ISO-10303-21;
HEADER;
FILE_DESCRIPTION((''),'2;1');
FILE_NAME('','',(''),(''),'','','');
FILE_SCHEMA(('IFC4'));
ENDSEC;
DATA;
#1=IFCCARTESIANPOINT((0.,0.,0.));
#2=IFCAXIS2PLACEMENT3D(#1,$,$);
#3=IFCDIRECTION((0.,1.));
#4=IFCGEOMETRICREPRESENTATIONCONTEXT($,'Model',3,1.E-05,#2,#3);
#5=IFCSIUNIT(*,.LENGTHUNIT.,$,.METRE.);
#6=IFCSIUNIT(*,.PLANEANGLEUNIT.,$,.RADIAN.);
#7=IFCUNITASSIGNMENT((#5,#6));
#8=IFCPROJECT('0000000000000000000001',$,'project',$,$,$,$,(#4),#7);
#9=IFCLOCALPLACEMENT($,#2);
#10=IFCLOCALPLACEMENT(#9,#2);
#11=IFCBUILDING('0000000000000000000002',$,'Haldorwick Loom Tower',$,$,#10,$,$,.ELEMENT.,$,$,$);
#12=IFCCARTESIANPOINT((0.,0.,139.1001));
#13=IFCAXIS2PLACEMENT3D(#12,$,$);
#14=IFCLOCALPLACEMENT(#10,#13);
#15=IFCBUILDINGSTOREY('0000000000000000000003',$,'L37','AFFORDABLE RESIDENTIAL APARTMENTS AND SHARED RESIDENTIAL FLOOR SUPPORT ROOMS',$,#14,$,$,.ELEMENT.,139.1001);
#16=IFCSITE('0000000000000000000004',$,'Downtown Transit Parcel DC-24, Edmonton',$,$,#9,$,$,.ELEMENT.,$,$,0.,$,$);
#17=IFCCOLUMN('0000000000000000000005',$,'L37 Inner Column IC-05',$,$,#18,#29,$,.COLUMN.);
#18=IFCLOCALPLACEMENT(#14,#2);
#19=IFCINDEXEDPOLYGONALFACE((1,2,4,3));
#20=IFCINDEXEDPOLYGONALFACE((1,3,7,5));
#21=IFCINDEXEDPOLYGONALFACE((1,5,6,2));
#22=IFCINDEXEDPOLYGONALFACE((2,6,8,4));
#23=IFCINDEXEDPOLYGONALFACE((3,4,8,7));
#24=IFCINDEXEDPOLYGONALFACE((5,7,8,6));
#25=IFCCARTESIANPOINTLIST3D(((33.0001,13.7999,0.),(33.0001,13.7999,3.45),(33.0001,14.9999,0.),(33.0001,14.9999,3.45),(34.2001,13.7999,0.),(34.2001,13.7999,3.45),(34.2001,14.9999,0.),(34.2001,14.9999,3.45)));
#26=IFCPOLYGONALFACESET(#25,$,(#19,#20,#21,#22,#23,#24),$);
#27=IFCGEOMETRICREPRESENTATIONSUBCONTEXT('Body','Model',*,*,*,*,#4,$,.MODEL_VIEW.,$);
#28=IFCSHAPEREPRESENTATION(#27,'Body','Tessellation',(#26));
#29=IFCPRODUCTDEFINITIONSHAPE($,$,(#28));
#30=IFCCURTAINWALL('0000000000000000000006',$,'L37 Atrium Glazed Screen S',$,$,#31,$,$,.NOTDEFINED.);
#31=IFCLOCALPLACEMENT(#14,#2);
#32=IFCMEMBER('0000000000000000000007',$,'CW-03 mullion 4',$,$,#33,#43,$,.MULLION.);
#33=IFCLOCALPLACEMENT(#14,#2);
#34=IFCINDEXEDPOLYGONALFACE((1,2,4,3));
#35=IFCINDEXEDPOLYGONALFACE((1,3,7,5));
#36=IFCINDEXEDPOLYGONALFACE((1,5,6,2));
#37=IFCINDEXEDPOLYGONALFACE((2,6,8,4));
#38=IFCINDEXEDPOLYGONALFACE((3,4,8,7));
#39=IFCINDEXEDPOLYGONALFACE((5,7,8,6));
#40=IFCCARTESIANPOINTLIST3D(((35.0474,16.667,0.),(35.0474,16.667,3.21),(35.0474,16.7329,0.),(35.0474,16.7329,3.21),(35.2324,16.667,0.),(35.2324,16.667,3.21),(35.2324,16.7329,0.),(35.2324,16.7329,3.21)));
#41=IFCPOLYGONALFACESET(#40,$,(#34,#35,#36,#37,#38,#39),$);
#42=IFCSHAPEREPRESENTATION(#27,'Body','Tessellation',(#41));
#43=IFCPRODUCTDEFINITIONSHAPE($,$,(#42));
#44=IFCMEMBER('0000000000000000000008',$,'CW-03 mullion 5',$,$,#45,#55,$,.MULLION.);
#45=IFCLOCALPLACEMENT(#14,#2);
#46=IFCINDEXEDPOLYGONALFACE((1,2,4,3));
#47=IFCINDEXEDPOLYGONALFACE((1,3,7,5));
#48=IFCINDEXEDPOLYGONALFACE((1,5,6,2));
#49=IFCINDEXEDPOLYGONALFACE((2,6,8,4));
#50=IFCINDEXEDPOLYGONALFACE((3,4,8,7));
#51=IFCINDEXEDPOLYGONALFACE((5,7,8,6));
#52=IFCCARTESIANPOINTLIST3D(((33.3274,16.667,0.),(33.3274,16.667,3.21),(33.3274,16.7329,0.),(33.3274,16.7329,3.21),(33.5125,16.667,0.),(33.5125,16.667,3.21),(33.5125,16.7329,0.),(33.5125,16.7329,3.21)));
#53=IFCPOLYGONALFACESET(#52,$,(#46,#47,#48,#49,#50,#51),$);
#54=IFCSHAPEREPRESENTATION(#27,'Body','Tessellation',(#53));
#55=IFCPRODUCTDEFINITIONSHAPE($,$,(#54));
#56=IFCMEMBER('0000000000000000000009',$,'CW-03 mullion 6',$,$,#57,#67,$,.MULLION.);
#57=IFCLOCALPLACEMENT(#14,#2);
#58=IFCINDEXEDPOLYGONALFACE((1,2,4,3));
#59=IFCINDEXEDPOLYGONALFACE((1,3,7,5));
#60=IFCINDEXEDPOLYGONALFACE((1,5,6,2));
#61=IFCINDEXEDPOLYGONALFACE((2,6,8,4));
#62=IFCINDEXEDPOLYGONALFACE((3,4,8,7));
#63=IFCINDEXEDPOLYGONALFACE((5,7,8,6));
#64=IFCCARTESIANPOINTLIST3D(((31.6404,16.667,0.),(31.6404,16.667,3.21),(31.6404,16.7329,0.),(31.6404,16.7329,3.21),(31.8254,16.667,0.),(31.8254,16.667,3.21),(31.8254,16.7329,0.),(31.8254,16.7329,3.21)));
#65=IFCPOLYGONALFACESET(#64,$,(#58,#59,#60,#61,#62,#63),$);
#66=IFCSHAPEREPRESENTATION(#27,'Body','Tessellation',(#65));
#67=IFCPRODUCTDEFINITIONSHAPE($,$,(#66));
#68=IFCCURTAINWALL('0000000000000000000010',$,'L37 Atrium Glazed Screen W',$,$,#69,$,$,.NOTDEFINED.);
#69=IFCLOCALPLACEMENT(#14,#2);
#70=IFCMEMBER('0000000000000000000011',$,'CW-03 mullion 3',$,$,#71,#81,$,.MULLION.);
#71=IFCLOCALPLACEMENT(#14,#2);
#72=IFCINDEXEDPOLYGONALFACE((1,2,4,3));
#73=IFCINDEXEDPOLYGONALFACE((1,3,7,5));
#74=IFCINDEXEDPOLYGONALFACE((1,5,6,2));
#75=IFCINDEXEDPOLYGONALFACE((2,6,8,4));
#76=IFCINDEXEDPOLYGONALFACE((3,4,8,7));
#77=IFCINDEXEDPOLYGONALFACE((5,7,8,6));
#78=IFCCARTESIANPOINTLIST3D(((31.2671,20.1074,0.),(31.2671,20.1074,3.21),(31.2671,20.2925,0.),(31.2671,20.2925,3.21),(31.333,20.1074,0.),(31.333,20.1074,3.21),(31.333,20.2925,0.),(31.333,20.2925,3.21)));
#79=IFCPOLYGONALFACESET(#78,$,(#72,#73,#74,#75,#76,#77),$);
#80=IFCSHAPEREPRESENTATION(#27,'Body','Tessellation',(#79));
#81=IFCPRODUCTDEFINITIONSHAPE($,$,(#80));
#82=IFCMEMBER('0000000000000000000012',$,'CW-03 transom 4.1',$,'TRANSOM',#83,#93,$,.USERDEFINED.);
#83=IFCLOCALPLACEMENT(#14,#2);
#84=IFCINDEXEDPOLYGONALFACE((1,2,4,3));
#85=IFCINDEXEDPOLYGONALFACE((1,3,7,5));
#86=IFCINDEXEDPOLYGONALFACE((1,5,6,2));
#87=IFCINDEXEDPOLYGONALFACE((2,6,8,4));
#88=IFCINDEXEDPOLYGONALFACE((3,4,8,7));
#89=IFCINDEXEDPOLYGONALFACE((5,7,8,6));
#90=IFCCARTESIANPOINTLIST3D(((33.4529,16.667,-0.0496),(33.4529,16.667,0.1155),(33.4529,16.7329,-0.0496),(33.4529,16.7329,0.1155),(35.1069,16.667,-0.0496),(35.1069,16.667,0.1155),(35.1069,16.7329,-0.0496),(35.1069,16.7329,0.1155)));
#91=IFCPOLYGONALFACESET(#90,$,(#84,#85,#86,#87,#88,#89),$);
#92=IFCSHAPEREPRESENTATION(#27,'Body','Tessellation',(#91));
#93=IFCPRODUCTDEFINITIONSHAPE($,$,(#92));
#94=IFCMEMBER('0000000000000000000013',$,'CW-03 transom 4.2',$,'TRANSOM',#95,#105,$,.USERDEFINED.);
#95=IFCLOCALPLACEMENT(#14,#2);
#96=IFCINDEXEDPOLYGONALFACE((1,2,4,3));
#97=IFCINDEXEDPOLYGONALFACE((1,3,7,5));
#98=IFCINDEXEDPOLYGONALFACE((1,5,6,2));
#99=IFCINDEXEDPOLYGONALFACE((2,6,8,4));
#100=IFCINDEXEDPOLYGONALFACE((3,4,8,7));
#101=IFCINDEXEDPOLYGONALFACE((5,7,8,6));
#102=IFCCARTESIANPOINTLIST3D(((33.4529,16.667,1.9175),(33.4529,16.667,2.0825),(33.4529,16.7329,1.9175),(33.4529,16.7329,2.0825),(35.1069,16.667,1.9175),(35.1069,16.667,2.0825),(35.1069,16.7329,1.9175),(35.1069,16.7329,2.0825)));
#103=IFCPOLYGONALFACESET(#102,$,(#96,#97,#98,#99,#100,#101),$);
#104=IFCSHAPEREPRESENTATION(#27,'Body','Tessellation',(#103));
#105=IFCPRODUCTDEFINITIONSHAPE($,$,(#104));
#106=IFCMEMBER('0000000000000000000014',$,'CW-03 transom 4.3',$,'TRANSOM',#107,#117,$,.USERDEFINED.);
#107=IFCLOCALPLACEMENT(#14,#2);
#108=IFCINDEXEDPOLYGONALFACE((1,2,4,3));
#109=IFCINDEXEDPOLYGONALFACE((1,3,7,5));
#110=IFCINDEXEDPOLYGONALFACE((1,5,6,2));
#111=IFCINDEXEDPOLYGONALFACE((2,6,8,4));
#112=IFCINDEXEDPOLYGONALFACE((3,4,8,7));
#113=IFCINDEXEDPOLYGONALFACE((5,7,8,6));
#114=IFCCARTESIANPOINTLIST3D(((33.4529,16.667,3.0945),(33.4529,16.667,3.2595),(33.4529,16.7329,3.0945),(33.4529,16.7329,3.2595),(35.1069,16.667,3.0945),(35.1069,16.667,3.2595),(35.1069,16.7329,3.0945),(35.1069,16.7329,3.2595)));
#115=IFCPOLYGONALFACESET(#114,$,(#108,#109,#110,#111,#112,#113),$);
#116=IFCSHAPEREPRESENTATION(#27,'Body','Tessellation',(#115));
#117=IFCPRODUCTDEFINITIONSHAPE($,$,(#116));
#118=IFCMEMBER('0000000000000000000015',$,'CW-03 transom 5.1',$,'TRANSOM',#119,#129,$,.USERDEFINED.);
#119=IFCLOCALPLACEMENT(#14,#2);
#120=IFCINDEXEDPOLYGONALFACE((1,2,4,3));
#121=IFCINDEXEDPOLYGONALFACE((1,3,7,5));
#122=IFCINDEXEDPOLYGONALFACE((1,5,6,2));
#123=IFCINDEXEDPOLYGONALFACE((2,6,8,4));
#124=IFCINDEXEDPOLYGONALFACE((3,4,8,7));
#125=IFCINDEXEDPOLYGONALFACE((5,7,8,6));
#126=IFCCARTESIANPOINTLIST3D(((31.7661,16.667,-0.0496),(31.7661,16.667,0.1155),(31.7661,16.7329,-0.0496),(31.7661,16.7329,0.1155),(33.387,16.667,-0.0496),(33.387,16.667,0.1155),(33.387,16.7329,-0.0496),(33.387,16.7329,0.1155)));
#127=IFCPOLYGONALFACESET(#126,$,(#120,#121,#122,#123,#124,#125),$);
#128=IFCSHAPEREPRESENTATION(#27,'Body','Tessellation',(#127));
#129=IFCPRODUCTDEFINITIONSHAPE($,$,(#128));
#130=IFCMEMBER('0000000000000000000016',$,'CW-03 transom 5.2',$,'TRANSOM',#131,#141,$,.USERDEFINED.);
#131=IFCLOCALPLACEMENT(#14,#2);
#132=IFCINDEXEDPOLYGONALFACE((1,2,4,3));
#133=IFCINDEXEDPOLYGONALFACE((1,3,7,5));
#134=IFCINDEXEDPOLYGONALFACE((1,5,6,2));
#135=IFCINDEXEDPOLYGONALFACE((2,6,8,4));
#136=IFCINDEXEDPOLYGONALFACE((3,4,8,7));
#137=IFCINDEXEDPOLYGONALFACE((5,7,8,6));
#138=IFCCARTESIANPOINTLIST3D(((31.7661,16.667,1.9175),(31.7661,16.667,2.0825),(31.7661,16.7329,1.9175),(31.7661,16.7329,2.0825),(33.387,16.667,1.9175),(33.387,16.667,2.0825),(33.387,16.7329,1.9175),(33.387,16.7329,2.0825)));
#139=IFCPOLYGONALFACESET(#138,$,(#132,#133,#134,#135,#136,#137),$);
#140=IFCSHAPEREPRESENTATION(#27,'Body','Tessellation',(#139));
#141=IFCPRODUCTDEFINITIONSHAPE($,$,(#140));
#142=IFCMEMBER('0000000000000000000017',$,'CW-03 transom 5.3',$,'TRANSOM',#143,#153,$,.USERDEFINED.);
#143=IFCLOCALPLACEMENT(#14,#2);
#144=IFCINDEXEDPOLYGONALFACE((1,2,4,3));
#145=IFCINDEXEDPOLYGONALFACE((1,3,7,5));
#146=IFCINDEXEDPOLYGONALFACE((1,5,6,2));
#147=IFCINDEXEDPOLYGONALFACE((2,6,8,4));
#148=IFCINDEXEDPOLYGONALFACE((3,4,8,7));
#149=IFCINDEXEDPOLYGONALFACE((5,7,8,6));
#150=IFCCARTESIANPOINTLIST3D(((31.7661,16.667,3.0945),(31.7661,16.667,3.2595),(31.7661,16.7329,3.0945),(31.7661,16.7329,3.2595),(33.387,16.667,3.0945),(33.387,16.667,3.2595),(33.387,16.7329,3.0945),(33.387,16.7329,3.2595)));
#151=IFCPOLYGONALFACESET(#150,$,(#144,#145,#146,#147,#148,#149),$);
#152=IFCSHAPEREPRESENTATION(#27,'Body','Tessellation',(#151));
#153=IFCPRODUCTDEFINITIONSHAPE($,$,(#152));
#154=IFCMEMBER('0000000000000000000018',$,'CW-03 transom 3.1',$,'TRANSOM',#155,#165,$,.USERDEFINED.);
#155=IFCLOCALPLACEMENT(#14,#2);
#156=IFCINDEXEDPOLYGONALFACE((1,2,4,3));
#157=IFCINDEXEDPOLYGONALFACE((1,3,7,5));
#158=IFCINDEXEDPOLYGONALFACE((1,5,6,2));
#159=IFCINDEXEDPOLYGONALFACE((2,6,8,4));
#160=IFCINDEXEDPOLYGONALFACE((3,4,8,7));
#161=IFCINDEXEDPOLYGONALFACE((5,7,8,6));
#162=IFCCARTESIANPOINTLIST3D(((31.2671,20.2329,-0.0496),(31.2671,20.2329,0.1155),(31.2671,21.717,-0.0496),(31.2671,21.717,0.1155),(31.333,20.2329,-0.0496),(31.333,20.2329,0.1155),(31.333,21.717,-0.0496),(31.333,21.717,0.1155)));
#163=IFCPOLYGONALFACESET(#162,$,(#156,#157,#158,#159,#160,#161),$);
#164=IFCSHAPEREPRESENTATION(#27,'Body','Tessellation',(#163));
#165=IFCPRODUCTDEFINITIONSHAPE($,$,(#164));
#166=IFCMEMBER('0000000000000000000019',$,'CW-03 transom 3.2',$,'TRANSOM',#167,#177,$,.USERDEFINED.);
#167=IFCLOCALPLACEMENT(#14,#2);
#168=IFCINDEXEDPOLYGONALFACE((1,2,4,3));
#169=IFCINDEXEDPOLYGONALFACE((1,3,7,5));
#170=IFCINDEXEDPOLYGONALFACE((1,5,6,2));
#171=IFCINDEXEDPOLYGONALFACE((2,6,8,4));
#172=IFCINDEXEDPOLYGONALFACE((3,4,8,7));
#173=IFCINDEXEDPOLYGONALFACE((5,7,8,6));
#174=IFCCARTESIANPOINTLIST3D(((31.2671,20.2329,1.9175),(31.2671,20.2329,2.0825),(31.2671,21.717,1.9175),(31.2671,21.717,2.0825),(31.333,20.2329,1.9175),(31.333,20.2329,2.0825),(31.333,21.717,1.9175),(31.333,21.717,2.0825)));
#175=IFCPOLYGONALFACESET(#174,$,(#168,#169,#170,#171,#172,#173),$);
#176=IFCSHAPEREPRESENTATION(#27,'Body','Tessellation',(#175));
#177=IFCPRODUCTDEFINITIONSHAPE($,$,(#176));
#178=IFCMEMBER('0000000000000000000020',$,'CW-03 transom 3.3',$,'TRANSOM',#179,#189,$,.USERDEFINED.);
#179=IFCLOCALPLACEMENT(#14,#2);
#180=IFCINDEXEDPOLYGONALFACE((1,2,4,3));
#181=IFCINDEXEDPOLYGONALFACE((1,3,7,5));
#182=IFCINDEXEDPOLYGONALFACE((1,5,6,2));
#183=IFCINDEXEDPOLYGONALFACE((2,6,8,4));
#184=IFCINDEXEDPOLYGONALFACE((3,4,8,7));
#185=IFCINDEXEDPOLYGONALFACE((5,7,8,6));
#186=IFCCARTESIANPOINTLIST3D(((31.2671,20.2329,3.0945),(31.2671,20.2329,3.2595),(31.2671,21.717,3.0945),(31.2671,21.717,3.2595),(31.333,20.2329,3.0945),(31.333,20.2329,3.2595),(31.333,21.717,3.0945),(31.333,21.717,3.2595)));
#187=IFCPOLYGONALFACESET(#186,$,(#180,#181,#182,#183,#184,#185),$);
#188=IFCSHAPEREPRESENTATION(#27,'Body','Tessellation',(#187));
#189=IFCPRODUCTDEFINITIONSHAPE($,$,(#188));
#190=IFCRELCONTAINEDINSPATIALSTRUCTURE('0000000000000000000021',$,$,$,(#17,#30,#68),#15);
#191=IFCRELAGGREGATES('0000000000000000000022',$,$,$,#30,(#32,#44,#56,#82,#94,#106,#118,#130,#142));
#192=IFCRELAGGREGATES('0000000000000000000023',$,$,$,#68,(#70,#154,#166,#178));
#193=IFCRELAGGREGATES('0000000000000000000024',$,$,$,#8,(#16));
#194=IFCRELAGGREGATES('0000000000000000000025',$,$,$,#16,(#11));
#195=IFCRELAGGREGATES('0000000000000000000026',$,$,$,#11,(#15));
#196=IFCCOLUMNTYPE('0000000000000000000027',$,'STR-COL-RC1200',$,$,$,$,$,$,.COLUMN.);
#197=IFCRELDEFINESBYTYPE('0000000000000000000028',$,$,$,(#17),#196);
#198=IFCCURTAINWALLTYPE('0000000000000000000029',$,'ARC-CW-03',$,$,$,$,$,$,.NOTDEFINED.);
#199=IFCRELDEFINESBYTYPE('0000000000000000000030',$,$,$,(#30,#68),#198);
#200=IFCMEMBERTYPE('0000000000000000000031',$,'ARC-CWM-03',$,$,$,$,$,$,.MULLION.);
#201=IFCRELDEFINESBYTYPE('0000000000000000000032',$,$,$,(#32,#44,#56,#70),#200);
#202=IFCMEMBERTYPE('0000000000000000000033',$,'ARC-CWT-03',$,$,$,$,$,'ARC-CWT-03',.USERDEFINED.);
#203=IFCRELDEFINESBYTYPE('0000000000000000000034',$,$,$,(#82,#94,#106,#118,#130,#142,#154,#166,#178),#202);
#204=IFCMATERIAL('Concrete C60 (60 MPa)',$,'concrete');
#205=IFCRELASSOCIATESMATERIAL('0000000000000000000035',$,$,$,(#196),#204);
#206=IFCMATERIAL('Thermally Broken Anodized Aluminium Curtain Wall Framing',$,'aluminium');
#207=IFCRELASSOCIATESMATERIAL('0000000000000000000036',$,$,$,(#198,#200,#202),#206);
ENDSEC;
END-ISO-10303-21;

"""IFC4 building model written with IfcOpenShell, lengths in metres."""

from ifc_helpers import new_model, si_unit, direction, frame, origin, origin_2d, place, context, subcontext, project, spatial, rectangle, extrude, material, material_profile, profile_set, type_object, element, aggregate, save


model = new_model("IFC4")

# Units and contexts
model_context = context("Model", 3, precision=1e-05, world=origin(), true_north=direction((0.0, 1.0)))
body_context = subcontext(model_context, "Body", "Model", "MODEL_VIEW")
ifc_project = project(units=[si_unit("LENGTHUNIT", "METRE"), si_unit("PLANEANGLEUNIT", "RADIAN")], contexts=[model_context])

# Site, building, storey
site_placement = place(None, origin())
site = spatial("IfcSite", under=ifc_project, at=site_placement, Name="Downtown Transit Parcel DC-24, Edmonton", CompositionType="ELEMENT", RefElevation=0.0)
building_placement = place(site_placement, origin())
building = spatial("IfcBuilding", under=site, at=building_placement, Name="Haldorwick Loom Tower", CompositionType="ELEMENT")
storey_placement = place(building_placement, frame((0.0, 0.0, 139.1001)))
storey = spatial("IfcBuildingStorey", under=building, at=storey_placement, Name="L37", Description="AFFORDABLE RESIDENTIAL APARTMENTS AND SHARED RESIDENTIAL FLOOR SUPPORT ROOMS", CompositionType="ELEMENT", Elevation=139.1001)

# Column
ifc_material_1 = material(Name="Concrete C60 (60 MPa)", Category="concrete")
ifc_material_profile_1 = material_profile(ifc_material_1, rectangle(XDim=1.2, YDim=1.2, at=origin_2d()), Name="RC1200X1200", Category="concrete")
ifc_profile_set_1 = profile_set([ifc_material_profile_1], Name="Concrete C60 (60 MPa)")
column_type = type_object("IfcColumnType", Name="STR-COL-RC1200", PredefinedType="COLUMN", material=ifc_profile_set_1)
column_placement = place(storey_placement, frame((33.6001, 14.3999, 0.0), z_axis=(0.0, 0.0, 1.0), x_axis=(1.0, 0.0, 0.0)))
element("IfcColumn", 1, at=column_placement, inside=storey, type_object=column_type, Name="L37 Inner Column IC-05", PredefinedType="COLUMN", context=body_context, shape_type="SweptSolid", body=[
    extrude(rectangle(XDim=1.2, YDim=1.2, at=origin_2d()), origin(), (0.0, 0.0, 1.0), 3.45),
])

# Curtain wall, members
ifc_material_2 = material(Name="Thermally Broken Anodized Aluminium Curtain Wall Framing", Category="aluminium")
curtain_wall_type = type_object("IfcCurtainWallType", Name="ARC-CW-03", PredefinedType="NOTDEFINED", material=ifc_material_2)
curtain_wall_1_placement = place(storey_placement, origin())
curtain_wall_1 = element("IfcCurtainWall", 2, at=curtain_wall_1_placement, inside=storey, type_object=curtain_wall_type, Name="L37 Atrium Glazed Screen S", PredefinedType="NOTDEFINED")
ifc_material_profile_2 = material_profile(ifc_material_2, rectangle(XDim=0.0659, YDim=0.1851, at=origin_2d()), Name="ALU_MUL_66X185", Category="aluminium")
ifc_profile_set_2 = profile_set([ifc_material_profile_2], Name="Thermally Broken Anodized Aluminium Curtain Wall Framing")
member_type_1 = type_object("IfcMemberType", Name="ARC-CWM-03", PredefinedType="MULLION", material=ifc_profile_set_2)
member_1_placement = place(storey_placement, frame((35.1399, 16.7, 0.0), z_axis=(0.0, 0.0, 1.0), x_axis=(0.0, -1.0, 0.0)))
member_1 = element("IfcMember", 3, at=member_1_placement, type_object=member_type_1, Name="CW-03 mullion 4", PredefinedType="MULLION", context=body_context, shape_type="SweptSolid", body=[
    extrude(rectangle(XDim=0.0659, YDim=0.1851, at=origin_2d()), origin(), (0.0, 0.0, 1.0), 3.21),
])
member_2_placement = place(storey_placement, frame((33.4199, 16.7, 0.0), z_axis=(0.0, 0.0, 1.0), x_axis=(0.0, -1.0, 0.0)))
member_2 = element("IfcMember", 4, at=member_2_placement, type_object=member_type_1, Name="CW-03 mullion 5", PredefinedType="MULLION", context=body_context, shape_type="SweptSolid", body=[
    extrude(rectangle(XDim=0.0659, YDim=0.1851, at=origin_2d()), origin(), (0.0, 0.0, 1.0), 3.21),
])
member_3_placement = place(storey_placement, frame((31.7329, 16.7, 0.0), z_axis=(0.0, 0.0, 1.0), x_axis=(0.0, -1.0, 0.0)))
member_3 = element("IfcMember", 5, at=member_3_placement, type_object=member_type_1, Name="CW-03 mullion 6", PredefinedType="MULLION", context=body_context, shape_type="SweptSolid", body=[
    extrude(rectangle(XDim=0.0659, YDim=0.1851, at=origin_2d()), origin(), (0.0, 0.0, 1.0), 3.21),
])

# Curtain wall, member
curtain_wall_2_placement = place(storey_placement, origin())
curtain_wall_2 = element("IfcCurtainWall", 6, at=curtain_wall_2_placement, inside=storey, type_object=curtain_wall_type, Name="L37 Atrium Glazed Screen W", PredefinedType="NOTDEFINED")
member_4_placement = place(storey_placement, frame((31.3, 20.2, 0.0), z_axis=(0.0, 0.0, 1.0), x_axis=(-1.0, 0.0, 0.0)))
member_4 = element("IfcMember", 7, at=member_4_placement, type_object=member_type_1, Name="CW-03 mullion 3", PredefinedType="MULLION", context=body_context, shape_type="SweptSolid", body=[
    extrude(rectangle(XDim=0.0659, YDim=0.1851, at=origin_2d()), origin(), (0.0, 0.0, 1.0), 3.21),
])

# Members
ifc_material_profile_3 = material_profile(ifc_material_2, rectangle(XDim=0.0659, YDim=0.165, at=origin_2d()), Name="ALU_TRN_66X165", Category="aluminium")
ifc_profile_set_3 = profile_set([ifc_material_profile_3], Name="Thermally Broken Anodized Aluminium Curtain Wall Framing")
member_type_2 = type_object("IfcMemberType", Name="ARC-CWT-03", ElementType="ARC-CWT-03", PredefinedType="USERDEFINED", material=ifc_profile_set_3)
member_5_placement = place(storey_placement, frame((35.1069, 16.7, 0.033), z_axis=(-1.0, 0.0, 0.0), x_axis=(0.0, -1.0, 0.0)))
member_5 = element("IfcMember", 8, at=member_5_placement, type_object=member_type_2, Name="CW-03 transom 4.1", ObjectType="TRANSOM", PredefinedType="USERDEFINED", context=body_context, shape_type="SweptSolid", body=[
    extrude(rectangle(XDim=0.0659, YDim=0.165, at=origin_2d()), origin(), (0.0, 0.0, 1.0), 1.6541),
])
member_6_placement = place(storey_placement, frame((35.1069, 16.7, 2.0), z_axis=(-1.0, 0.0, 0.0), x_axis=(0.0, -1.0, 0.0)))
member_6 = element("IfcMember", 9, at=member_6_placement, type_object=member_type_2, Name="CW-03 transom 4.2", ObjectType="TRANSOM", PredefinedType="USERDEFINED", context=body_context, shape_type="SweptSolid", body=[
    extrude(rectangle(XDim=0.0659, YDim=0.165, at=origin_2d()), origin(), (0.0, 0.0, 1.0), 1.6541),
])
member_7_placement = place(storey_placement, frame((35.1069, 16.7, 3.177), z_axis=(-1.0, 0.0, 0.0), x_axis=(0.0, -1.0, 0.0)))
member_7 = element("IfcMember", 10, at=member_7_placement, type_object=member_type_2, Name="CW-03 transom 4.3", ObjectType="TRANSOM", PredefinedType="USERDEFINED", context=body_context, shape_type="SweptSolid", body=[
    extrude(rectangle(XDim=0.0659, YDim=0.165, at=origin_2d()), origin(), (0.0, 0.0, 1.0), 1.6541),
])
member_8_placement = place(storey_placement, frame((33.387, 16.7, 0.033), z_axis=(-1.0, 0.0, 0.0), x_axis=(0.0, -1.0, 0.0)))
member_8 = element("IfcMember", 11, at=member_8_placement, type_object=member_type_2, Name="CW-03 transom 5.1", ObjectType="TRANSOM", PredefinedType="USERDEFINED", context=body_context, shape_type="SweptSolid", body=[
    extrude(rectangle(XDim=0.0659, YDim=0.165, at=origin_2d()), origin(), (0.0, 0.0, 1.0), 1.6208),
])
member_9_placement = place(storey_placement, frame((33.387, 16.7, 2.0), z_axis=(-1.0, 0.0, 0.0), x_axis=(0.0, -1.0, 0.0)))
member_9 = element("IfcMember", 12, at=member_9_placement, type_object=member_type_2, Name="CW-03 transom 5.2", ObjectType="TRANSOM", PredefinedType="USERDEFINED", context=body_context, shape_type="SweptSolid", body=[
    extrude(rectangle(XDim=0.0659, YDim=0.165, at=origin_2d()), origin(), (0.0, 0.0, 1.0), 1.6208),
])
member_10_placement = place(storey_placement, frame((33.387, 16.7, 3.177), z_axis=(-1.0, 0.0, 0.0), x_axis=(0.0, -1.0, 0.0)))
member_10 = element("IfcMember", 13, at=member_10_placement, type_object=member_type_2, Name="CW-03 transom 5.3", ObjectType="TRANSOM", PredefinedType="USERDEFINED", context=body_context, shape_type="SweptSolid", body=[
    extrude(rectangle(XDim=0.0659, YDim=0.165, at=origin_2d()), origin(), (0.0, 0.0, 1.0), 1.6208),
])
member_11_placement = place(storey_placement, frame((31.3, 20.2329, 0.033), z_axis=(0.0, 1.0, 0.0), x_axis=(-1.0, 0.0, 0.0)))
member_11 = element("IfcMember", 14, at=member_11_placement, type_object=member_type_2, Name="CW-03 transom 3.1", ObjectType="TRANSOM", PredefinedType="USERDEFINED", context=body_context, shape_type="SweptSolid", body=[
    extrude(rectangle(XDim=0.0659, YDim=0.165, at=origin_2d()), origin(), (0.0, 0.0, 1.0), 1.4841),
])
member_12_placement = place(storey_placement, frame((31.3, 20.2329, 2.0), z_axis=(0.0, 1.0, 0.0), x_axis=(-1.0, 0.0, 0.0)))
member_12 = element("IfcMember", 15, at=member_12_placement, type_object=member_type_2, Name="CW-03 transom 3.2", ObjectType="TRANSOM", PredefinedType="USERDEFINED", context=body_context, shape_type="SweptSolid", body=[
    extrude(rectangle(XDim=0.0659, YDim=0.165, at=origin_2d()), origin(), (0.0, 0.0, 1.0), 1.4841),
])
member_13_placement = place(storey_placement, frame((31.3, 20.2329, 3.177), z_axis=(0.0, 1.0, 0.0), x_axis=(-1.0, 0.0, 0.0)))
member_13 = element("IfcMember", 16, at=member_13_placement, type_object=member_type_2, Name="CW-03 transom 3.3", ObjectType="TRANSOM", PredefinedType="USERDEFINED", context=body_context, shape_type="SweptSolid", body=[
    extrude(rectangle(XDim=0.0659, YDim=0.165, at=origin_2d()), origin(), (0.0, 0.0, 1.0), 1.4841),
])

aggregate(curtain_wall_1, [member_1, member_2, member_3, member_5, member_6, member_7, member_8, member_9, member_10])
aggregate(curtain_wall_2, [member_4, member_11, member_12, member_13])

save(model, "model.ifc")
